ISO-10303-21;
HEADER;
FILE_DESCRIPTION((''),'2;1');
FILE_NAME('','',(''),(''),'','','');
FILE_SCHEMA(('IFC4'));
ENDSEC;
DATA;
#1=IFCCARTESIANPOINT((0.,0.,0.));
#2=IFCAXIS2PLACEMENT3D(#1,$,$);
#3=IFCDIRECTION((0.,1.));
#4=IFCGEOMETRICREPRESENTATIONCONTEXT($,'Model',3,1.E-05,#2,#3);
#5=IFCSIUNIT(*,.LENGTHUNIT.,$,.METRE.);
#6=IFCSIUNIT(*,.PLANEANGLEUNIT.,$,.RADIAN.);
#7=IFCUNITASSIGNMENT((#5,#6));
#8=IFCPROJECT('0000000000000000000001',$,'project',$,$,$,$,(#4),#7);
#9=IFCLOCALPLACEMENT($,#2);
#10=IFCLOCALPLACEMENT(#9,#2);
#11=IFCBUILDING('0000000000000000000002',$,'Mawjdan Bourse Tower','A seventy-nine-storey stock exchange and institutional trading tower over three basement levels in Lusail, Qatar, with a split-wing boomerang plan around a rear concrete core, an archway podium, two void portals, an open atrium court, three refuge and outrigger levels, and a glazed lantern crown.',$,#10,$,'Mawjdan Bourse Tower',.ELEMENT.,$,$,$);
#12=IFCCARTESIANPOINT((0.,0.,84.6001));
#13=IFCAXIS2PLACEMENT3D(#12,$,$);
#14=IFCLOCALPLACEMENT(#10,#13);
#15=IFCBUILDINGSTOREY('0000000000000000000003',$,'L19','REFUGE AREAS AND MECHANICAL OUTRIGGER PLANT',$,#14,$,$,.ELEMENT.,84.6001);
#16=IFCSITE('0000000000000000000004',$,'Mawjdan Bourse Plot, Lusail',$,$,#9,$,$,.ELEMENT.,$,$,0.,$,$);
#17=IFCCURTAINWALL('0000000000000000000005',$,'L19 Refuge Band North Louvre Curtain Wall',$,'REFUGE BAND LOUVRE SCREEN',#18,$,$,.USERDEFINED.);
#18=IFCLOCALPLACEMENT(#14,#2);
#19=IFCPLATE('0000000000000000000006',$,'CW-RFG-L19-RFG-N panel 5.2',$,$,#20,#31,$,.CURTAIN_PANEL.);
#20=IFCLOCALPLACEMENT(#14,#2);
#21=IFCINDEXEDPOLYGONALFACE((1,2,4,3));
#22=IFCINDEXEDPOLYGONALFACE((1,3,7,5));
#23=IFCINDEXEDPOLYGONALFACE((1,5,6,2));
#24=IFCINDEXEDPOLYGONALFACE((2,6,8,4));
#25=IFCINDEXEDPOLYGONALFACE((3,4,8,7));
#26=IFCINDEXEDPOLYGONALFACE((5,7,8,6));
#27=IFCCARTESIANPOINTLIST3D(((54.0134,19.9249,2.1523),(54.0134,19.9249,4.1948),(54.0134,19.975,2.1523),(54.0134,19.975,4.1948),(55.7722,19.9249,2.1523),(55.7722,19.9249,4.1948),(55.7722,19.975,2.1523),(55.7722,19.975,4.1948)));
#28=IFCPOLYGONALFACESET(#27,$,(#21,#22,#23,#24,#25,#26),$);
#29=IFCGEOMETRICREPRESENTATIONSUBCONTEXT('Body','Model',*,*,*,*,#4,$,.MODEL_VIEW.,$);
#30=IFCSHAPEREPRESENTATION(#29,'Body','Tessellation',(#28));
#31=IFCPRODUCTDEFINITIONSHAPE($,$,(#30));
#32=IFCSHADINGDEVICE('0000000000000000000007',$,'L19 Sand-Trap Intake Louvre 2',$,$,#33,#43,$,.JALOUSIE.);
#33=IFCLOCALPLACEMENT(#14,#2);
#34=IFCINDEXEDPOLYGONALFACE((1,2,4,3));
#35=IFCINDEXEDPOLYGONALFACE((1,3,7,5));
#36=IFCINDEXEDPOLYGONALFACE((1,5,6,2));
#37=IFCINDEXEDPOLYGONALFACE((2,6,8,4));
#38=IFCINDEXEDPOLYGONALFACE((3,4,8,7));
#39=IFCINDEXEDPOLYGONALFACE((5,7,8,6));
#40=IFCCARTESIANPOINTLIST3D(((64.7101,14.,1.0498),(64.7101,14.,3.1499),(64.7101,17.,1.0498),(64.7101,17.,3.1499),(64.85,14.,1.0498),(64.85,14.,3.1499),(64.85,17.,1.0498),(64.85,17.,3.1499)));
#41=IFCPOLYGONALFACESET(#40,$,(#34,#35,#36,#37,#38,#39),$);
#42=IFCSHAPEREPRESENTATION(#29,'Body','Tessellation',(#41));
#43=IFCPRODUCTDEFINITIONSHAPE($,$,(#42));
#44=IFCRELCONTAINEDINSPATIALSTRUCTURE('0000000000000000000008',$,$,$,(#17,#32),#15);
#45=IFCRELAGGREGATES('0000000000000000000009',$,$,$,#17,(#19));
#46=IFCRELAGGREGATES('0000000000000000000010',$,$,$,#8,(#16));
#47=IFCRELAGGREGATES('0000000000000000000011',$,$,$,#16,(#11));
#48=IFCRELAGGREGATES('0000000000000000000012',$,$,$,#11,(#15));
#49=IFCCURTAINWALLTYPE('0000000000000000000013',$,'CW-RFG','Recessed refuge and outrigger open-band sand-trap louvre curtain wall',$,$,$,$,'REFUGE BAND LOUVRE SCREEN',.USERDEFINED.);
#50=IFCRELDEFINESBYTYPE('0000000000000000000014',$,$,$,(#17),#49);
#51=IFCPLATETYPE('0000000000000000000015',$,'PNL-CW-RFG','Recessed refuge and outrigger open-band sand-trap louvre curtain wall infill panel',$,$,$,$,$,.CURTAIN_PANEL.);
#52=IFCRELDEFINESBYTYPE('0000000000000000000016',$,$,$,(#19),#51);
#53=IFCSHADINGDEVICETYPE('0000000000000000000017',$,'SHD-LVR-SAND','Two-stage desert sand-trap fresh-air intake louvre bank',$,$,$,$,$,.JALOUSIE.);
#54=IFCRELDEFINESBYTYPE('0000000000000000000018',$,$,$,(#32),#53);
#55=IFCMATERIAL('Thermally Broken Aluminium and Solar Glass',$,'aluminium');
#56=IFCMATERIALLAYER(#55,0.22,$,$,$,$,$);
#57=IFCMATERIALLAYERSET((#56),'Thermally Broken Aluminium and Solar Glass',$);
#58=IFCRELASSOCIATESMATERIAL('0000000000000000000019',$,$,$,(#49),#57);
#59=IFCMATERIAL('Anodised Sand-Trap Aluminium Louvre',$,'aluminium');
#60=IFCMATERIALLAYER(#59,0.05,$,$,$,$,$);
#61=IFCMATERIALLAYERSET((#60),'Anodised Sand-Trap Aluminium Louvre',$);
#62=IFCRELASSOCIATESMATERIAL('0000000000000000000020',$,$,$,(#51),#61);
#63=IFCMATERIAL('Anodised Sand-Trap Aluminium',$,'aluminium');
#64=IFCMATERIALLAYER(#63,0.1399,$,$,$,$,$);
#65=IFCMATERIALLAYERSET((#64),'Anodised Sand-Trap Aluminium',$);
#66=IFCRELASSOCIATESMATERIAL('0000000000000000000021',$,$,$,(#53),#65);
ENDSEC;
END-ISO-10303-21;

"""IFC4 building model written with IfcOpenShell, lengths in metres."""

from ifc_helpers import new_model, si_unit, direction, frame, origin, origin_2d, place, context, subcontext, project, spatial, rectangle, extrude, material, layer, layer_set, type_object, element, aggregate, save


model = new_model("IFC4")

# Units and contexts
model_context = context("Model", 3, precision=1e-05, world=origin(), true_north=direction((0.0, 1.0)))
body_context = subcontext(model_context, "Body", "Model", "MODEL_VIEW")
ifc_project = project(units=[si_unit("LENGTHUNIT", "METRE"), si_unit("PLANEANGLEUNIT", "RADIAN")], contexts=[model_context])

# Site, building, storey
site_placement = place(None, origin())
site = spatial("IfcSite", under=ifc_project, at=site_placement, Name="Mawjdan Bourse Plot, Lusail", CompositionType="ELEMENT", RefElevation=0.0)
building_placement = place(site_placement, origin())
building = spatial("IfcBuilding", under=site, at=building_placement, Name="Mawjdan Bourse Tower", Description="A seventy-nine-storey stock exchange and institutional trading tower over three basement levels in Lusail, Qatar, with a split-wing boomerang plan around a rear concrete core, an archway podium, two void portals, an open atrium court, three refuge and outrigger levels, and a glazed lantern crown.", LongName="Mawjdan Bourse Tower", CompositionType="ELEMENT")
storey_placement = place(building_placement, frame((0.0, 0.0, 84.6001)))
storey = spatial("IfcBuildingStorey", under=building, at=storey_placement, Name="L19", Description="REFUGE AREAS AND MECHANICAL OUTRIGGER PLANT", CompositionType="ELEMENT", Elevation=84.6001)

# Curtain wall
ifc_material_1 = material(Name="Thermally Broken Aluminium and Solar Glass", Category="aluminium")
ifc_layer_1 = layer(ifc_material_1, 0.22)
ifc_layer_set_1 = layer_set([ifc_layer_1], Name="Thermally Broken Aluminium and Solar Glass")
curtain_wall_type = type_object("IfcCurtainWallType", Name="CW-RFG", Description="Recessed refuge and outrigger open-band sand-trap louvre curtain wall", ElementType="REFUGE BAND LOUVRE SCREEN", PredefinedType="USERDEFINED", material=ifc_layer_set_1)
curtain_wall_placement = place(storey_placement, origin())
curtain_wall = element("IfcCurtainWall", 1, at=curtain_wall_placement, inside=storey, type_object=curtain_wall_type, Name="L19 Refuge Band North Louvre Curtain Wall", ObjectType="REFUGE BAND LOUVRE SCREEN", PredefinedType="USERDEFINED")

# Plate
ifc_material_2 = material(Name="Anodised Sand-Trap Aluminium Louvre", Category="aluminium")
ifc_layer_2 = layer(ifc_material_2, 0.05)
ifc_layer_set_2 = layer_set([ifc_layer_2], Name="Anodised Sand-Trap Aluminium Louvre")
plate_type = type_object("IfcPlateType", Name="PNL-CW-RFG", Description="Recessed refuge and outrigger open-band sand-trap louvre curtain wall infill panel", PredefinedType="CURTAIN_PANEL", material=ifc_layer_set_2)
plate_1_placement = place(storey_placement, frame((54.8928, 19.95, 2.1523), z_axis=(0.0, 0.0, 1.0), x_axis=(-1.0, 0.0, 0.0)))
plate_1 = element("IfcPlate", 2, at=plate_1_placement, type_object=plate_type, Name="CW-RFG-L19-RFG-N panel 5.2", PredefinedType="CURTAIN_PANEL", context=body_context, shape_type="SweptSolid", body=[
    extrude(rectangle(XDim=1.7588, YDim=0.05, at=origin_2d()), origin(), (0.0, 0.0, 1.0), 2.0425),
])
aggregate(curtain_wall, [plate_1])

# Shading device
ifc_material_3 = material(Name="Anodised Sand-Trap Aluminium", Category="aluminium")
ifc_layer_3 = layer(ifc_material_3, 0.1399)
ifc_layer_set_3 = layer_set([ifc_layer_3], Name="Anodised Sand-Trap Aluminium")
shading_device_type = type_object("IfcShadingDeviceType", Name="SHD-LVR-SAND", Description="Two-stage desert sand-trap fresh-air intake louvre bank", PredefinedType="JALOUSIE", material=ifc_layer_set_3)
shading_device_placement = place(storey_placement, frame((64.78, 15.5, 1.0498), z_axis=(0.0, 0.0, 1.0), x_axis=(1.0, 0.0, 0.0)))
element("IfcShadingDevice", 3, at=shading_device_placement, inside=storey, type_object=shading_device_type, Name="L19 Sand-Trap Intake Louvre 2", PredefinedType="JALOUSIE", context=body_context, shape_type="SweptSolid", body=[
    extrude(rectangle(XDim=0.1399, YDim=3.0, at=origin_2d()), origin(), (0.0, 0.0, 1.0), 2.1001),
])

save(model, "model.ifc")
